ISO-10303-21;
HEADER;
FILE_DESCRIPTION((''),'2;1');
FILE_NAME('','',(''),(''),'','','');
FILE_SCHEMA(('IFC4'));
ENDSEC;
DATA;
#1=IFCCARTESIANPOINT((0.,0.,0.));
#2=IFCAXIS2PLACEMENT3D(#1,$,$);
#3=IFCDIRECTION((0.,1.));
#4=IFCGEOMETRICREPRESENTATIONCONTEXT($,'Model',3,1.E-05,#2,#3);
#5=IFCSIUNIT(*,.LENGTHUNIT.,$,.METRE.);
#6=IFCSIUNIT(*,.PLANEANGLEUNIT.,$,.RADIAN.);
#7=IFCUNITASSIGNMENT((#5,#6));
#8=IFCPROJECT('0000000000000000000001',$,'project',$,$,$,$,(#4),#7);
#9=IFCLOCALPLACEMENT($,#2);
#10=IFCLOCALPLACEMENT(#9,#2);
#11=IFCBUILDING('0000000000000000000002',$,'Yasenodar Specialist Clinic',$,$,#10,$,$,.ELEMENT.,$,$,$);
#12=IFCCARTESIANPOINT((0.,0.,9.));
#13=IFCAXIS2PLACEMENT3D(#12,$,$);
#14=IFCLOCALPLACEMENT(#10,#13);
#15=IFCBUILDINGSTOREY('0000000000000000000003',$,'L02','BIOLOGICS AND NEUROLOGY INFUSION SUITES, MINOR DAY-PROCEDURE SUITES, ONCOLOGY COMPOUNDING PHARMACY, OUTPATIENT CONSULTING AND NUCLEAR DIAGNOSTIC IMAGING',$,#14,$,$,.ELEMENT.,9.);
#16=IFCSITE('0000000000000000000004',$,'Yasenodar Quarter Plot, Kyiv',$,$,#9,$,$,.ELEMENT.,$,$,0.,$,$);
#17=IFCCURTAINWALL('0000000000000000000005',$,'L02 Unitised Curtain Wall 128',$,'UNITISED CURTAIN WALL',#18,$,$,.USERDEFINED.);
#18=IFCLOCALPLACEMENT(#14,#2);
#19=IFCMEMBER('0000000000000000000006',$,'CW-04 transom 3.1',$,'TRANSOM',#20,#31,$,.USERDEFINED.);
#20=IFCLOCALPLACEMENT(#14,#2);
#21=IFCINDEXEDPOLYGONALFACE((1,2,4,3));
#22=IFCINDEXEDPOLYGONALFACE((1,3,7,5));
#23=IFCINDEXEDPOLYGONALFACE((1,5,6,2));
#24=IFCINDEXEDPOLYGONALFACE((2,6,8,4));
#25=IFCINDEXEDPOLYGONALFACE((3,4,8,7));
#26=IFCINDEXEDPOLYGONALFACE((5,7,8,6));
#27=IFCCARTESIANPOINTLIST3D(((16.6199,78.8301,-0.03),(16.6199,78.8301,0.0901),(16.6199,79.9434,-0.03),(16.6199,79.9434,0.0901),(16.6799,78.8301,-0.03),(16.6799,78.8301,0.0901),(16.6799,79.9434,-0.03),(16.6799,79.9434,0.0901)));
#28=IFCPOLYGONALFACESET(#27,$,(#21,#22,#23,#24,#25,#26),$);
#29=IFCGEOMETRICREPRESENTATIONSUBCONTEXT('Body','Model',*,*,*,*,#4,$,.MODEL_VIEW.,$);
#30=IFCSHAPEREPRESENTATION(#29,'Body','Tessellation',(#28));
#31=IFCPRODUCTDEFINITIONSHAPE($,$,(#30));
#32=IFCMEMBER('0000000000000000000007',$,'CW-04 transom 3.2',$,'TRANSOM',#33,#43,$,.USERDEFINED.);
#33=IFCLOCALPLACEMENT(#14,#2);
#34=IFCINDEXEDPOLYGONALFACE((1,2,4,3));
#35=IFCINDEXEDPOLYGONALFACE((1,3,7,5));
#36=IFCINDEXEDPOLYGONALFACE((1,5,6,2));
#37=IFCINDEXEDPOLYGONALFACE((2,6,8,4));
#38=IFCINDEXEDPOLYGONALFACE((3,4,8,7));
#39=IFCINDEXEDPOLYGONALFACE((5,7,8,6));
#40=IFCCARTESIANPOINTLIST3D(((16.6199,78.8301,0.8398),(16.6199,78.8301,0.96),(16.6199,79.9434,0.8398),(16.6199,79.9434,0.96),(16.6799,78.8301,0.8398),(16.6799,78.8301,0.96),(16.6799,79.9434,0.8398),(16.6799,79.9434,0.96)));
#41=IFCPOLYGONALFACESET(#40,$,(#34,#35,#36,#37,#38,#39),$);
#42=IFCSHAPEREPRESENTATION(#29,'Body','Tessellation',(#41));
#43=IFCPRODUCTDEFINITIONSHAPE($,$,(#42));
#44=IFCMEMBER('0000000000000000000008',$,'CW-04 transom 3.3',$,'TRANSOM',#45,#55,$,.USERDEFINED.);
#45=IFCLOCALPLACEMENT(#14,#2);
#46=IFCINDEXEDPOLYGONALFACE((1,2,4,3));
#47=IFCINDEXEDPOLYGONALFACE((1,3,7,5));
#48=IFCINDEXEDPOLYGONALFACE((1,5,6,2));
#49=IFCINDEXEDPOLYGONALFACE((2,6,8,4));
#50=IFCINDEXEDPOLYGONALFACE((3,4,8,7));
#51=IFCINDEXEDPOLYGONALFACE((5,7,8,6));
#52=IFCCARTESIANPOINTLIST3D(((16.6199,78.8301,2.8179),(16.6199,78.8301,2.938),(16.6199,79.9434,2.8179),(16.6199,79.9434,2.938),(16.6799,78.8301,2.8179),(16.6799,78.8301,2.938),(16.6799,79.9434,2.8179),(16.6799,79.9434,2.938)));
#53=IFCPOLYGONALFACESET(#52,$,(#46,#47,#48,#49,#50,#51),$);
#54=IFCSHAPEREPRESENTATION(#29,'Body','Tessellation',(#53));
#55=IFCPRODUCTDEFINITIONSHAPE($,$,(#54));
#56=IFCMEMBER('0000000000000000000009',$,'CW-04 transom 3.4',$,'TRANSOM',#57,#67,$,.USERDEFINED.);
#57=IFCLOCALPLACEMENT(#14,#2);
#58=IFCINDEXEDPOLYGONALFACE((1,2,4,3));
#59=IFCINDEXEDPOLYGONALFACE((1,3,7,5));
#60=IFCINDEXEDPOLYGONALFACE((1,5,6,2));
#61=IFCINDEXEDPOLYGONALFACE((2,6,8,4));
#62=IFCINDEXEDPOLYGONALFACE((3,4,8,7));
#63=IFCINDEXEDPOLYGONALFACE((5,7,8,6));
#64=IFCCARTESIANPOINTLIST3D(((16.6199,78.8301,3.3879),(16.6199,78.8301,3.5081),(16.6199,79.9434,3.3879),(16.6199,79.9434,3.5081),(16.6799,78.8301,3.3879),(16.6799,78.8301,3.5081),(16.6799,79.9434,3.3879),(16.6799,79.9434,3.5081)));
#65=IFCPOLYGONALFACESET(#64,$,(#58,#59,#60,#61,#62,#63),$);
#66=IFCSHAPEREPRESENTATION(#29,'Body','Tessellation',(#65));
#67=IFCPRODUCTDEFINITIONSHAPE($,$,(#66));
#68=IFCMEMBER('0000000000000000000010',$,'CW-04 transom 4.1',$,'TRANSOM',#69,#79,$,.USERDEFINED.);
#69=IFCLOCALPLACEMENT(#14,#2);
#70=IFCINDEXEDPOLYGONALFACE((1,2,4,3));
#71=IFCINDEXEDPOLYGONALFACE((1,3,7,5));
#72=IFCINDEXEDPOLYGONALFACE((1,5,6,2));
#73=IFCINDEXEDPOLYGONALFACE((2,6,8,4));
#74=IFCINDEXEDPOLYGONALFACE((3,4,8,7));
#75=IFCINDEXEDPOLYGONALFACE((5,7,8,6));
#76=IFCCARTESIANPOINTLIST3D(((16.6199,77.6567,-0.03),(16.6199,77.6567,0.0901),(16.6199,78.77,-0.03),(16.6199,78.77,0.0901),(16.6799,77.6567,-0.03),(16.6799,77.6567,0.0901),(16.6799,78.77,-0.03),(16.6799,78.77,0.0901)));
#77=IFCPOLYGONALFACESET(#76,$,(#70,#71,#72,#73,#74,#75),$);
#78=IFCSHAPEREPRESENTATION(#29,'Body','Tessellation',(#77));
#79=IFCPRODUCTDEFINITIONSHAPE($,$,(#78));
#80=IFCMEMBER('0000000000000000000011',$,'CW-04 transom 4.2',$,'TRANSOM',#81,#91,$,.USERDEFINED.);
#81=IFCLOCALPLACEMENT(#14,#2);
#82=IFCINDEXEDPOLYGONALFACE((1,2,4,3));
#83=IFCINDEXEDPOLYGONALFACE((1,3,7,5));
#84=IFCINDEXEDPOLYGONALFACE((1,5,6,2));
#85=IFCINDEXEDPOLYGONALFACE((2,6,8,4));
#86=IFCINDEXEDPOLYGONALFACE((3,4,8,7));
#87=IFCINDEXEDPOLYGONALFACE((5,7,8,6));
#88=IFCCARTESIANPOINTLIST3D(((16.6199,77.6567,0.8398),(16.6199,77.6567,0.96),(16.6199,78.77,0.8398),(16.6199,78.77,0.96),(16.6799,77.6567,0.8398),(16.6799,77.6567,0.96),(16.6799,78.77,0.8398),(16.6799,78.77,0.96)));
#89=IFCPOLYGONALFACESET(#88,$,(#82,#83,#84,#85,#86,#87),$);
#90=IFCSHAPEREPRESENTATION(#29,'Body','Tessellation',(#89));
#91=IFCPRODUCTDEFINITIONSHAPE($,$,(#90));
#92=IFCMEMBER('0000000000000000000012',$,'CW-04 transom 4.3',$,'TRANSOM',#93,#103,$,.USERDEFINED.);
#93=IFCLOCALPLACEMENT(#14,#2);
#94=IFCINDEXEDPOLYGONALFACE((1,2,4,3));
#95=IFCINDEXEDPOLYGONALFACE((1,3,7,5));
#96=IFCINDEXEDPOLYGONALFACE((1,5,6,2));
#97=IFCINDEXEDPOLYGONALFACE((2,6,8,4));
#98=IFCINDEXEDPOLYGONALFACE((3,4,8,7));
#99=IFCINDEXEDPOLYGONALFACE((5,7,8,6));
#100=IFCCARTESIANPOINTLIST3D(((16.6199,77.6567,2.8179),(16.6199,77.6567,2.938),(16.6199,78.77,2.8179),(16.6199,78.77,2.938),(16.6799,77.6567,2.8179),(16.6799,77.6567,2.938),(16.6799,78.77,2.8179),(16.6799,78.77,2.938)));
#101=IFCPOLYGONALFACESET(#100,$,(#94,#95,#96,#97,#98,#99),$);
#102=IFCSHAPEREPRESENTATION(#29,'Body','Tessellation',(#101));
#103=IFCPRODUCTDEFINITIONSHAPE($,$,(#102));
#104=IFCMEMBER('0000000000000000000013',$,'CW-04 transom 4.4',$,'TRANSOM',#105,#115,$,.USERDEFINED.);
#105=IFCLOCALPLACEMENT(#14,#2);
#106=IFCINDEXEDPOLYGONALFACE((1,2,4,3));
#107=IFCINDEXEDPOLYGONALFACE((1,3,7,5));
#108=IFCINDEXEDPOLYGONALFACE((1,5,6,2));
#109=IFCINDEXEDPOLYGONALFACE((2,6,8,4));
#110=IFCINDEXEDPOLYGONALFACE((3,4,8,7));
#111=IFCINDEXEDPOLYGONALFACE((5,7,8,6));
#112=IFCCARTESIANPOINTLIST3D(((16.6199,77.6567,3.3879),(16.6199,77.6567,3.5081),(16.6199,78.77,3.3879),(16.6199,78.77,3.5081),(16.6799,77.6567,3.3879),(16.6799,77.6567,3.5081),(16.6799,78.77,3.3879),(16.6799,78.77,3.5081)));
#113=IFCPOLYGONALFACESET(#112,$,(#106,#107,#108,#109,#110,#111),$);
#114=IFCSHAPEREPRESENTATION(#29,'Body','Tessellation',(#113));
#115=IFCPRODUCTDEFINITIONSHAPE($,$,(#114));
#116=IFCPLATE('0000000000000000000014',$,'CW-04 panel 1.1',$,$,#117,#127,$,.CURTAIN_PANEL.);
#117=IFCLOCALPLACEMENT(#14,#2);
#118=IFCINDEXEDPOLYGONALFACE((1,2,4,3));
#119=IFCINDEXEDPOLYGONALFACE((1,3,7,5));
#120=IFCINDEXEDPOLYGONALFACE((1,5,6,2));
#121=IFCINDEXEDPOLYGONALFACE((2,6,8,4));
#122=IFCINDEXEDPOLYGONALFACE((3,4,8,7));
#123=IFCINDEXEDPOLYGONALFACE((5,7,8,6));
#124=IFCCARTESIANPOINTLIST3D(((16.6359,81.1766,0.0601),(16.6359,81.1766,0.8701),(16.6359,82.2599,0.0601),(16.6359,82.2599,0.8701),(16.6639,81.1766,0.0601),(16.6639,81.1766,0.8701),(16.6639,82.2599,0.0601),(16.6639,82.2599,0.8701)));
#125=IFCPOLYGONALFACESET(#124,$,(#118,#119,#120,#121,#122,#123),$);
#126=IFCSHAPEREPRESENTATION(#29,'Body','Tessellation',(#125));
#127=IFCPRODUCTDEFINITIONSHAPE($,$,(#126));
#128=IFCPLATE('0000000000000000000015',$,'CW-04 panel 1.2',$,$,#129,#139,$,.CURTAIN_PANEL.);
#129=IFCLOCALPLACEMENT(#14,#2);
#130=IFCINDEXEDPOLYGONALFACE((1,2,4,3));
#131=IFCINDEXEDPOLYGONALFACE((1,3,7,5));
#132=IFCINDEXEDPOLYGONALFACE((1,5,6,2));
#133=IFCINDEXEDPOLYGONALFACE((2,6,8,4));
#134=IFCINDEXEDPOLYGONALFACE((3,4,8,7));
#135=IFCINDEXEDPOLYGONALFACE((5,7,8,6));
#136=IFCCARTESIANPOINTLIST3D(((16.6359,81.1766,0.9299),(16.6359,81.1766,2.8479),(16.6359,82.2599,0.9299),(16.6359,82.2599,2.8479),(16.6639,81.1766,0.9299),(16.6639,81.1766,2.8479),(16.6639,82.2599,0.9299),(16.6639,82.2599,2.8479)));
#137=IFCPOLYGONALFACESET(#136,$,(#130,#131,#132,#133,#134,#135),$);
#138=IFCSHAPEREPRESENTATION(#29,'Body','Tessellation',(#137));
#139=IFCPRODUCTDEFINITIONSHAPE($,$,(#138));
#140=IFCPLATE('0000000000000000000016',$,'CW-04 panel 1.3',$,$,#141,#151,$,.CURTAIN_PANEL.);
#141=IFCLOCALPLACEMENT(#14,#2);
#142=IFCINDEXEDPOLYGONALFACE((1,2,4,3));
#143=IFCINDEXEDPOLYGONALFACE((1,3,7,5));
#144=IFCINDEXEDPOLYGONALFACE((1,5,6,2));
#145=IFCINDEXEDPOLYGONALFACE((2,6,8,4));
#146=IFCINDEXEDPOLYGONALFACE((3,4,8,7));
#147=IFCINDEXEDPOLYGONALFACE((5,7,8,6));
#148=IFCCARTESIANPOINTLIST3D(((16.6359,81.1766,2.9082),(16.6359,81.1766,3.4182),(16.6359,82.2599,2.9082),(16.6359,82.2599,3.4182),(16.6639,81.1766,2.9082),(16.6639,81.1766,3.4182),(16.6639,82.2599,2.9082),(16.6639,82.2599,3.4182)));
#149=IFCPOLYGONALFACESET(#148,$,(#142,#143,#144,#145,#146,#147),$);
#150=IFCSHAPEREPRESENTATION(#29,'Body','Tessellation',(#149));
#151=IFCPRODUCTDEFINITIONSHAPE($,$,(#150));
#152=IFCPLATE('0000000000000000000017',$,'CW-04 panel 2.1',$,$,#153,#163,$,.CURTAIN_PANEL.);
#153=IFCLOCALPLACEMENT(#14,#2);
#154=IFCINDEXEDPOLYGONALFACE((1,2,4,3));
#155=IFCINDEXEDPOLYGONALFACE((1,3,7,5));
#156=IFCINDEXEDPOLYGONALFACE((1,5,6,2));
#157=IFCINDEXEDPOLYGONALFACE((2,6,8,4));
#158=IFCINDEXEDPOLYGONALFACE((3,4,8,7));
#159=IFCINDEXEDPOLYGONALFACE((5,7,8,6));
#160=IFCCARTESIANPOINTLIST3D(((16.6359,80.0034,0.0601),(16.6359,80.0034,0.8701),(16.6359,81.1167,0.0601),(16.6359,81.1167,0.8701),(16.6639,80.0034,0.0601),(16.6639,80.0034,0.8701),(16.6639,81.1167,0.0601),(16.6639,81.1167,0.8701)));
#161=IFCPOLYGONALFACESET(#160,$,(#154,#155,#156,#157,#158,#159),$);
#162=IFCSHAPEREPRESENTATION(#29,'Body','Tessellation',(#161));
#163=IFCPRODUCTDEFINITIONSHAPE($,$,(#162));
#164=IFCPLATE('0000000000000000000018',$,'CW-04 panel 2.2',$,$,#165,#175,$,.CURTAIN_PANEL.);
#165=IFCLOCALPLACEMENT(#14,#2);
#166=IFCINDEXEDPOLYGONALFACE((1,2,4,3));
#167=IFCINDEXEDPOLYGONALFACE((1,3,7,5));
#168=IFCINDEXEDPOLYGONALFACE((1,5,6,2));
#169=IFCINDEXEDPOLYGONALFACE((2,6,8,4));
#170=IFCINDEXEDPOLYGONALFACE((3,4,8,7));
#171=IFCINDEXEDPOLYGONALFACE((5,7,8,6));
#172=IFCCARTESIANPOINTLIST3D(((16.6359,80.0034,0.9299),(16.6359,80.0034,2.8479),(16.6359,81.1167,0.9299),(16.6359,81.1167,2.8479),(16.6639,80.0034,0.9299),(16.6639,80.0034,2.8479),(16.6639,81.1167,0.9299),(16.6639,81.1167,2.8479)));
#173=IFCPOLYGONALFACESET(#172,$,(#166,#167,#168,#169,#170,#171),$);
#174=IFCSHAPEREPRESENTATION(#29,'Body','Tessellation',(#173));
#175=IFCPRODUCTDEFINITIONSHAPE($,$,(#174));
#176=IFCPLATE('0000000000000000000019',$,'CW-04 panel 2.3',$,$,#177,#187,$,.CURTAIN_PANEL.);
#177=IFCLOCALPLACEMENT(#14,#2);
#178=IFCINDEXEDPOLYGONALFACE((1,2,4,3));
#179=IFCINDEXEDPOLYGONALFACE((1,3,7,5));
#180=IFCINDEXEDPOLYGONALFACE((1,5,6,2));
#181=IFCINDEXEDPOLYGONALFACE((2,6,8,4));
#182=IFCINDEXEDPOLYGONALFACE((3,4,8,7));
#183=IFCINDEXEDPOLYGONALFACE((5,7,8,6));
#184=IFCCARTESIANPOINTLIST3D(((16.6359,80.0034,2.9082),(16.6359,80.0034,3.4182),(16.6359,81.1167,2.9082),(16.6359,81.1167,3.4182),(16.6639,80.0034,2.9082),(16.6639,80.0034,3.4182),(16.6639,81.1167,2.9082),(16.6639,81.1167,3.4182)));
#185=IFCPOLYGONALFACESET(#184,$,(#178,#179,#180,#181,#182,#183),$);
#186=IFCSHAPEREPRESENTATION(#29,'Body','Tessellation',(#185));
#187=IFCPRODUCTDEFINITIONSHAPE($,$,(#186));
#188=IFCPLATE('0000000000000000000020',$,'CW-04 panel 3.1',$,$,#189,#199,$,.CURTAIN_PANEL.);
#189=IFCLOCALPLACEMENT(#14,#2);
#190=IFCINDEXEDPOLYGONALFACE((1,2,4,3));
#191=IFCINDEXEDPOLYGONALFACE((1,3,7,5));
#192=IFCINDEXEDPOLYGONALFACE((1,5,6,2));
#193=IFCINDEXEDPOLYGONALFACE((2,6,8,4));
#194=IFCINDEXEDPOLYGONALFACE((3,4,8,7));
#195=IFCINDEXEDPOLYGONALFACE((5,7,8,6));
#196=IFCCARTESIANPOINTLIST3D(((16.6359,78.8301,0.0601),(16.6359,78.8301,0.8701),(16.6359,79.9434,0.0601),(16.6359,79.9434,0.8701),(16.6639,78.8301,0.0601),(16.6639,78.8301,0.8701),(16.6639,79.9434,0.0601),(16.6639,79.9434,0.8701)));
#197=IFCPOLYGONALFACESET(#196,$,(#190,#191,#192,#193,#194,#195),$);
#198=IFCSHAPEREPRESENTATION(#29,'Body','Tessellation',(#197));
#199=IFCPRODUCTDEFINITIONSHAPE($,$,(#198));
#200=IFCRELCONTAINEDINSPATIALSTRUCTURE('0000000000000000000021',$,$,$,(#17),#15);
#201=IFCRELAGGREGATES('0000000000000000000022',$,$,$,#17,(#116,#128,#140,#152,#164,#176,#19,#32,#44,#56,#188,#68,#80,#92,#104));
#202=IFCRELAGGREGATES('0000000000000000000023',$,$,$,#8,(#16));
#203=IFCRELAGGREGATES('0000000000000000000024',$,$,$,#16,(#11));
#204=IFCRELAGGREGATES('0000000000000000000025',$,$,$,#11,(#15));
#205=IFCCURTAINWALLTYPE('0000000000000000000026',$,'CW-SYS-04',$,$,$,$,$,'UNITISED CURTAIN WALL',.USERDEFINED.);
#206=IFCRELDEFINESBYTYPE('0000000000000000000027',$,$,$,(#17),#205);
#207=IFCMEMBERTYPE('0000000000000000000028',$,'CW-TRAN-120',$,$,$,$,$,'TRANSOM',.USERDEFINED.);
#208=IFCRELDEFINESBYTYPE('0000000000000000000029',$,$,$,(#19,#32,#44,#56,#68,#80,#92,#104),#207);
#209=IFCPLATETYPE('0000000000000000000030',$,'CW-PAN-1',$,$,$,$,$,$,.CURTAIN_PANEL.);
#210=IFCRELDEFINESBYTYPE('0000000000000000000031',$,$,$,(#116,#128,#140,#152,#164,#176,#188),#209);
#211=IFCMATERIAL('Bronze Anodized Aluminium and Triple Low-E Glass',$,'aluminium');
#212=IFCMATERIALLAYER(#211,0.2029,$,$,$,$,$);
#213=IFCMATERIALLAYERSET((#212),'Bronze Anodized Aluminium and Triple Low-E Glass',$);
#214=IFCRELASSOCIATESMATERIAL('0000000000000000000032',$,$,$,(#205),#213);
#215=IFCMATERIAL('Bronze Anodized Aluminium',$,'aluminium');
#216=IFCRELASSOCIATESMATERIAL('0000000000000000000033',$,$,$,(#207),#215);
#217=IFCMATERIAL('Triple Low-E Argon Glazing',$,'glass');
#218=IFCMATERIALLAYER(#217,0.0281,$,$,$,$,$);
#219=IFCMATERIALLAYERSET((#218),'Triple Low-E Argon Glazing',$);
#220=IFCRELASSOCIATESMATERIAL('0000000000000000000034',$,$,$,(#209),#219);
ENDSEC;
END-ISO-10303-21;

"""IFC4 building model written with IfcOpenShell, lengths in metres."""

from ifc_helpers import new_model, si_unit, direction, frame, origin, origin_2d, place, context, subcontext, project, spatial, rectangle, extrude, material, layer, layer_set, material_profile, profile_set, type_object, element, aggregate, save


model = new_model("IFC4")

# Units and contexts
model_context = context("Model", 3, precision=1e-05, world=origin(), true_north=direction((0.0, 1.0)))
body_context = subcontext(model_context, "Body", "Model", "MODEL_VIEW")
ifc_project = project(units=[si_unit("LENGTHUNIT", "METRE"), si_unit("PLANEANGLEUNIT", "RADIAN")], contexts=[model_context])

# Site, building, storey
site_placement = place(None, origin())
site = spatial("IfcSite", under=ifc_project, at=site_placement, Name="Yasenodar Quarter Plot, Kyiv", CompositionType="ELEMENT", RefElevation=0.0)
building_placement = place(site_placement, origin())
building = spatial("IfcBuilding", under=site, at=building_placement, Name="Yasenodar Specialist Clinic", CompositionType="ELEMENT")
storey_placement = place(building_placement, frame((0.0, 0.0, 9.0)))
storey = spatial("IfcBuildingStorey", under=building, at=storey_placement, Name="L02", Description="BIOLOGICS AND NEUROLOGY INFUSION SUITES, MINOR DAY-PROCEDURE SUITES, ONCOLOGY COMPOUNDING PHARMACY, OUTPATIENT CONSULTING AND NUCLEAR DIAGNOSTIC IMAGING", CompositionType="ELEMENT", Elevation=9.0)

# Shared definitions
ifc_material_1 = material(Name="Bronze Anodized Aluminium and Triple Low-E Glass", Category="aluminium")
ifc_layer_1 = layer(ifc_material_1, 0.2029)
ifc_layer_set_1 = layer_set([ifc_layer_1], Name="Bronze Anodized Aluminium and Triple Low-E Glass")
curtain_wall_type = type_object("IfcCurtainWallType", Name="CW-SYS-04", ElementType="UNITISED CURTAIN WALL", PredefinedType="USERDEFINED", material=ifc_layer_set_1)
ifc_material_2 = material(Name="Bronze Anodized Aluminium", Category="aluminium")

# Curtain wall
curtain_wall_1_placement = place(storey_placement, origin())
curtain_wall_1 = element("IfcCurtainWall", 1, at=curtain_wall_1_placement, inside=storey, type_object=curtain_wall_type, Name="L02 Unitised Curtain Wall 128", ObjectType="UNITISED CURTAIN WALL", PredefinedType="USERDEFINED")

# Members
ifc_material_profile_1 = material_profile(ifc_material_2, rectangle(XDim=0.0601, YDim=0.1201, at=origin_2d()), Name="CW-TRAN 60x120")
ifc_profile_set_1 = profile_set([ifc_material_profile_1], Name="Bronze Anodized Aluminium")
member_type_1 = type_object("IfcMemberType", Name="CW-TRAN-120", ElementType="TRANSOM", PredefinedType="USERDEFINED", material=ifc_profile_set_1)
member_1_placement = place(storey_placement, frame((16.6499, 79.9434, 0.03), z_axis=(0.0, -1.0, 0.0), x_axis=(1.0, 0.0, 0.0)))
member_1 = element("IfcMember", 2, at=member_1_placement, type_object=member_type_1, Name="CW-04 transom 3.1", ObjectType="TRANSOM", PredefinedType="USERDEFINED", context=body_context, shape_type="SweptSolid", body=[
    extrude(rectangle(XDim=0.0601, YDim=0.1201, at=origin_2d()), origin(), (0.0, 0.0, 1.0), 1.1133),
])
member_2_placement = place(storey_placement, frame((16.6499, 79.9434, 0.8999), z_axis=(0.0, -1.0, 0.0), x_axis=(1.0, 0.0, 0.0)))
member_2 = element("IfcMember", 3, at=member_2_placement, type_object=member_type_1, Name="CW-04 transom 3.2", ObjectType="TRANSOM", PredefinedType="USERDEFINED", context=body_context, shape_type="SweptSolid", body=[
    extrude(rectangle(XDim=0.0601, YDim=0.1201, at=origin_2d()), origin(), (0.0, 0.0, 1.0), 1.1133),
])
member_3_placement = place(storey_placement, frame((16.6499, 79.9434, 2.8779), z_axis=(0.0, -1.0, 0.0), x_axis=(1.0, 0.0, 0.0)))
member_3 = element("IfcMember", 4, at=member_3_placement, type_object=member_type_1, Name="CW-04 transom 3.3", ObjectType="TRANSOM", PredefinedType="USERDEFINED", context=body_context, shape_type="SweptSolid", body=[
    extrude(rectangle(XDim=0.0601, YDim=0.1201, at=origin_2d()), origin(), (0.0, 0.0, 1.0), 1.1133),
])
member_4_placement = place(storey_placement, frame((16.6499, 79.9434, 3.448), z_axis=(0.0, -1.0, 0.0), x_axis=(1.0, 0.0, 0.0)))
member_4 = element("IfcMember", 5, at=member_4_placement, type_object=member_type_1, Name="CW-04 transom 3.4", ObjectType="TRANSOM", PredefinedType="USERDEFINED", context=body_context, shape_type="SweptSolid", body=[
    extrude(rectangle(XDim=0.0601, YDim=0.1201, at=origin_2d()), origin(), (0.0, 0.0, 1.0), 1.1133),
])
member_5_placement = place(storey_placement, frame((16.6499, 78.77, 0.03), z_axis=(0.0, -1.0, 0.0), x_axis=(1.0, 0.0, 0.0)))
member_5 = element("IfcMember", 6, at=member_5_placement, type_object=member_type_1, Name="CW-04 transom 4.1", ObjectType="TRANSOM", PredefinedType="USERDEFINED", context=body_context, shape_type="SweptSolid", body=[
    extrude(rectangle(XDim=0.0601, YDim=0.1201, at=origin_2d()), origin(), (0.0, 0.0, 1.0), 1.1133),
])
member_6_placement = place(storey_placement, frame((16.6499, 78.77, 0.8999), z_axis=(0.0, -1.0, 0.0), x_axis=(1.0, 0.0, 0.0)))
member_6 = element("IfcMember", 7, at=member_6_placement, type_object=member_type_1, Name="CW-04 transom 4.2", ObjectType="TRANSOM", PredefinedType="USERDEFINED", context=body_context, shape_type="SweptSolid", body=[
    extrude(rectangle(XDim=0.0601, YDim=0.1201, at=origin_2d()), origin(), (0.0, 0.0, 1.0), 1.1133),
])
member_7_placement = place(storey_placement, frame((16.6499, 78.77, 2.8779), z_axis=(0.0, -1.0, 0.0), x_axis=(1.0, 0.0, 0.0)))
member_7 = element("IfcMember", 8, at=member_7_placement, type_object=member_type_1, Name="CW-04 transom 4.3", ObjectType="TRANSOM", PredefinedType="USERDEFINED", context=body_context, shape_type="SweptSolid", body=[
    extrude(rectangle(XDim=0.0601, YDim=0.1201, at=origin_2d()), origin(), (0.0, 0.0, 1.0), 1.1133),
])
member_8_placement = place(storey_placement, frame((16.6499, 78.77, 3.448), z_axis=(0.0, -1.0, 0.0), x_axis=(1.0, 0.0, 0.0)))
member_8 = element("IfcMember", 9, at=member_8_placement, type_object=member_type_1, Name="CW-04 transom 4.4", ObjectType="TRANSOM", PredefinedType="USERDEFINED", context=body_context, shape_type="SweptSolid", body=[
    extrude(rectangle(XDim=0.0601, YDim=0.1201, at=origin_2d()), origin(), (0.0, 0.0, 1.0), 1.1133),
])

# Plates
ifc_material_3 = material(Name="Triple Low-E Argon Glazing", Category="glass")
ifc_layer_2 = layer(ifc_material_3, 0.0281)
ifc_layer_set_2 = layer_set([ifc_layer_2], Name="Triple Low-E Argon Glazing")
plate_type_1 = type_object("IfcPlateType", Name="CW-PAN-1", PredefinedType="CURTAIN_PANEL", material=ifc_layer_set_2)
plate_1_placement = place(storey_placement, frame((16.6499, 81.7183, 0.0601), z_axis=(0.0, 0.0, 1.0), x_axis=(0.0, -1.0, 0.0)))
plate_1 = element("IfcPlate", 10, at=plate_1_placement, type_object=plate_type_1, Name="CW-04 panel 1.1", PredefinedType="CURTAIN_PANEL", context=body_context, shape_type="SweptSolid", body=[
    extrude(rectangle(XDim=1.0833, YDim=0.0281, at=origin_2d()), origin(), (0.0, 0.0, 1.0), 0.8101),
])
plate_2_placement = place(storey_placement, frame((16.6499, 81.7183, 0.9299), z_axis=(0.0, 0.0, 1.0), x_axis=(0.0, -1.0, 0.0)))
plate_2 = element("IfcPlate", 11, at=plate_2_placement, type_object=plate_type_1, Name="CW-04 panel 1.2", PredefinedType="CURTAIN_PANEL", context=body_context, shape_type="SweptSolid", body=[
    extrude(rectangle(XDim=1.0833, YDim=0.0281, at=origin_2d()), origin(), (0.0, 0.0, 1.0), 1.918),
])
plate_3_placement = place(storey_placement, frame((16.6499, 81.7183, 2.9082), z_axis=(0.0, 0.0, 1.0), x_axis=(0.0, -1.0, 0.0)))
plate_3 = element("IfcPlate", 12, at=plate_3_placement, type_object=plate_type_1, Name="CW-04 panel 1.3", PredefinedType="CURTAIN_PANEL", context=body_context, shape_type="SweptSolid", body=[
    extrude(rectangle(XDim=1.0833, YDim=0.0281, at=origin_2d()), origin(), (0.0, 0.0, 1.0), 0.51),
])
plate_4_placement = place(storey_placement, frame((16.6499, 80.5601, 0.0601), z_axis=(0.0, 0.0, 1.0), x_axis=(0.0, -1.0, 0.0)))
plate_4 = element("IfcPlate", 13, at=plate_4_placement, type_object=plate_type_1, Name="CW-04 panel 2.1", PredefinedType="CURTAIN_PANEL", context=body_context, shape_type="SweptSolid", body=[
    extrude(rectangle(XDim=1.1133, YDim=0.0281, at=origin_2d()), origin(), (0.0, 0.0, 1.0), 0.8101),
])
plate_5_placement = place(storey_placement, frame((16.6499, 80.5601, 0.9299), z_axis=(0.0, 0.0, 1.0), x_axis=(0.0, -1.0, 0.0)))
plate_5 = element("IfcPlate", 14, at=plate_5_placement, type_object=plate_type_1, Name="CW-04 panel 2.2", PredefinedType="CURTAIN_PANEL", context=body_context, shape_type="SweptSolid", body=[
    extrude(rectangle(XDim=1.1133, YDim=0.0281, at=origin_2d()), origin(), (0.0, 0.0, 1.0), 1.918),
])
plate_6_placement = place(storey_placement, frame((16.6499, 80.5601, 2.9082), z_axis=(0.0, 0.0, 1.0), x_axis=(0.0, -1.0, 0.0)))
plate_6 = element("IfcPlate", 15, at=plate_6_placement, type_object=plate_type_1, Name="CW-04 panel 2.3", PredefinedType="CURTAIN_PANEL", context=body_context, shape_type="SweptSolid", body=[
    extrude(rectangle(XDim=1.1133, YDim=0.0281, at=origin_2d()), origin(), (0.0, 0.0, 1.0), 0.51),
])
plate_7_placement = place(storey_placement, frame((16.6499, 79.3867, 0.0601), z_axis=(0.0, 0.0, 1.0), x_axis=(0.0, -1.0, 0.0)))
plate_7 = element("IfcPlate", 16, at=plate_7_placement, type_object=plate_type_1, Name="CW-04 panel 3.1", PredefinedType="CURTAIN_PANEL", context=body_context, shape_type="SweptSolid", body=[
    extrude(rectangle(XDim=1.1133, YDim=0.0281, at=origin_2d()), origin(), (0.0, 0.0, 1.0), 0.8101),
])
aggregate(curtain_wall_1, [plate_1, plate_2, plate_3, plate_4, plate_5, plate_6, member_1, member_2, member_3, member_4, plate_7, member_5, member_6, member_7, member_8])

save(model, "model.ifc")
